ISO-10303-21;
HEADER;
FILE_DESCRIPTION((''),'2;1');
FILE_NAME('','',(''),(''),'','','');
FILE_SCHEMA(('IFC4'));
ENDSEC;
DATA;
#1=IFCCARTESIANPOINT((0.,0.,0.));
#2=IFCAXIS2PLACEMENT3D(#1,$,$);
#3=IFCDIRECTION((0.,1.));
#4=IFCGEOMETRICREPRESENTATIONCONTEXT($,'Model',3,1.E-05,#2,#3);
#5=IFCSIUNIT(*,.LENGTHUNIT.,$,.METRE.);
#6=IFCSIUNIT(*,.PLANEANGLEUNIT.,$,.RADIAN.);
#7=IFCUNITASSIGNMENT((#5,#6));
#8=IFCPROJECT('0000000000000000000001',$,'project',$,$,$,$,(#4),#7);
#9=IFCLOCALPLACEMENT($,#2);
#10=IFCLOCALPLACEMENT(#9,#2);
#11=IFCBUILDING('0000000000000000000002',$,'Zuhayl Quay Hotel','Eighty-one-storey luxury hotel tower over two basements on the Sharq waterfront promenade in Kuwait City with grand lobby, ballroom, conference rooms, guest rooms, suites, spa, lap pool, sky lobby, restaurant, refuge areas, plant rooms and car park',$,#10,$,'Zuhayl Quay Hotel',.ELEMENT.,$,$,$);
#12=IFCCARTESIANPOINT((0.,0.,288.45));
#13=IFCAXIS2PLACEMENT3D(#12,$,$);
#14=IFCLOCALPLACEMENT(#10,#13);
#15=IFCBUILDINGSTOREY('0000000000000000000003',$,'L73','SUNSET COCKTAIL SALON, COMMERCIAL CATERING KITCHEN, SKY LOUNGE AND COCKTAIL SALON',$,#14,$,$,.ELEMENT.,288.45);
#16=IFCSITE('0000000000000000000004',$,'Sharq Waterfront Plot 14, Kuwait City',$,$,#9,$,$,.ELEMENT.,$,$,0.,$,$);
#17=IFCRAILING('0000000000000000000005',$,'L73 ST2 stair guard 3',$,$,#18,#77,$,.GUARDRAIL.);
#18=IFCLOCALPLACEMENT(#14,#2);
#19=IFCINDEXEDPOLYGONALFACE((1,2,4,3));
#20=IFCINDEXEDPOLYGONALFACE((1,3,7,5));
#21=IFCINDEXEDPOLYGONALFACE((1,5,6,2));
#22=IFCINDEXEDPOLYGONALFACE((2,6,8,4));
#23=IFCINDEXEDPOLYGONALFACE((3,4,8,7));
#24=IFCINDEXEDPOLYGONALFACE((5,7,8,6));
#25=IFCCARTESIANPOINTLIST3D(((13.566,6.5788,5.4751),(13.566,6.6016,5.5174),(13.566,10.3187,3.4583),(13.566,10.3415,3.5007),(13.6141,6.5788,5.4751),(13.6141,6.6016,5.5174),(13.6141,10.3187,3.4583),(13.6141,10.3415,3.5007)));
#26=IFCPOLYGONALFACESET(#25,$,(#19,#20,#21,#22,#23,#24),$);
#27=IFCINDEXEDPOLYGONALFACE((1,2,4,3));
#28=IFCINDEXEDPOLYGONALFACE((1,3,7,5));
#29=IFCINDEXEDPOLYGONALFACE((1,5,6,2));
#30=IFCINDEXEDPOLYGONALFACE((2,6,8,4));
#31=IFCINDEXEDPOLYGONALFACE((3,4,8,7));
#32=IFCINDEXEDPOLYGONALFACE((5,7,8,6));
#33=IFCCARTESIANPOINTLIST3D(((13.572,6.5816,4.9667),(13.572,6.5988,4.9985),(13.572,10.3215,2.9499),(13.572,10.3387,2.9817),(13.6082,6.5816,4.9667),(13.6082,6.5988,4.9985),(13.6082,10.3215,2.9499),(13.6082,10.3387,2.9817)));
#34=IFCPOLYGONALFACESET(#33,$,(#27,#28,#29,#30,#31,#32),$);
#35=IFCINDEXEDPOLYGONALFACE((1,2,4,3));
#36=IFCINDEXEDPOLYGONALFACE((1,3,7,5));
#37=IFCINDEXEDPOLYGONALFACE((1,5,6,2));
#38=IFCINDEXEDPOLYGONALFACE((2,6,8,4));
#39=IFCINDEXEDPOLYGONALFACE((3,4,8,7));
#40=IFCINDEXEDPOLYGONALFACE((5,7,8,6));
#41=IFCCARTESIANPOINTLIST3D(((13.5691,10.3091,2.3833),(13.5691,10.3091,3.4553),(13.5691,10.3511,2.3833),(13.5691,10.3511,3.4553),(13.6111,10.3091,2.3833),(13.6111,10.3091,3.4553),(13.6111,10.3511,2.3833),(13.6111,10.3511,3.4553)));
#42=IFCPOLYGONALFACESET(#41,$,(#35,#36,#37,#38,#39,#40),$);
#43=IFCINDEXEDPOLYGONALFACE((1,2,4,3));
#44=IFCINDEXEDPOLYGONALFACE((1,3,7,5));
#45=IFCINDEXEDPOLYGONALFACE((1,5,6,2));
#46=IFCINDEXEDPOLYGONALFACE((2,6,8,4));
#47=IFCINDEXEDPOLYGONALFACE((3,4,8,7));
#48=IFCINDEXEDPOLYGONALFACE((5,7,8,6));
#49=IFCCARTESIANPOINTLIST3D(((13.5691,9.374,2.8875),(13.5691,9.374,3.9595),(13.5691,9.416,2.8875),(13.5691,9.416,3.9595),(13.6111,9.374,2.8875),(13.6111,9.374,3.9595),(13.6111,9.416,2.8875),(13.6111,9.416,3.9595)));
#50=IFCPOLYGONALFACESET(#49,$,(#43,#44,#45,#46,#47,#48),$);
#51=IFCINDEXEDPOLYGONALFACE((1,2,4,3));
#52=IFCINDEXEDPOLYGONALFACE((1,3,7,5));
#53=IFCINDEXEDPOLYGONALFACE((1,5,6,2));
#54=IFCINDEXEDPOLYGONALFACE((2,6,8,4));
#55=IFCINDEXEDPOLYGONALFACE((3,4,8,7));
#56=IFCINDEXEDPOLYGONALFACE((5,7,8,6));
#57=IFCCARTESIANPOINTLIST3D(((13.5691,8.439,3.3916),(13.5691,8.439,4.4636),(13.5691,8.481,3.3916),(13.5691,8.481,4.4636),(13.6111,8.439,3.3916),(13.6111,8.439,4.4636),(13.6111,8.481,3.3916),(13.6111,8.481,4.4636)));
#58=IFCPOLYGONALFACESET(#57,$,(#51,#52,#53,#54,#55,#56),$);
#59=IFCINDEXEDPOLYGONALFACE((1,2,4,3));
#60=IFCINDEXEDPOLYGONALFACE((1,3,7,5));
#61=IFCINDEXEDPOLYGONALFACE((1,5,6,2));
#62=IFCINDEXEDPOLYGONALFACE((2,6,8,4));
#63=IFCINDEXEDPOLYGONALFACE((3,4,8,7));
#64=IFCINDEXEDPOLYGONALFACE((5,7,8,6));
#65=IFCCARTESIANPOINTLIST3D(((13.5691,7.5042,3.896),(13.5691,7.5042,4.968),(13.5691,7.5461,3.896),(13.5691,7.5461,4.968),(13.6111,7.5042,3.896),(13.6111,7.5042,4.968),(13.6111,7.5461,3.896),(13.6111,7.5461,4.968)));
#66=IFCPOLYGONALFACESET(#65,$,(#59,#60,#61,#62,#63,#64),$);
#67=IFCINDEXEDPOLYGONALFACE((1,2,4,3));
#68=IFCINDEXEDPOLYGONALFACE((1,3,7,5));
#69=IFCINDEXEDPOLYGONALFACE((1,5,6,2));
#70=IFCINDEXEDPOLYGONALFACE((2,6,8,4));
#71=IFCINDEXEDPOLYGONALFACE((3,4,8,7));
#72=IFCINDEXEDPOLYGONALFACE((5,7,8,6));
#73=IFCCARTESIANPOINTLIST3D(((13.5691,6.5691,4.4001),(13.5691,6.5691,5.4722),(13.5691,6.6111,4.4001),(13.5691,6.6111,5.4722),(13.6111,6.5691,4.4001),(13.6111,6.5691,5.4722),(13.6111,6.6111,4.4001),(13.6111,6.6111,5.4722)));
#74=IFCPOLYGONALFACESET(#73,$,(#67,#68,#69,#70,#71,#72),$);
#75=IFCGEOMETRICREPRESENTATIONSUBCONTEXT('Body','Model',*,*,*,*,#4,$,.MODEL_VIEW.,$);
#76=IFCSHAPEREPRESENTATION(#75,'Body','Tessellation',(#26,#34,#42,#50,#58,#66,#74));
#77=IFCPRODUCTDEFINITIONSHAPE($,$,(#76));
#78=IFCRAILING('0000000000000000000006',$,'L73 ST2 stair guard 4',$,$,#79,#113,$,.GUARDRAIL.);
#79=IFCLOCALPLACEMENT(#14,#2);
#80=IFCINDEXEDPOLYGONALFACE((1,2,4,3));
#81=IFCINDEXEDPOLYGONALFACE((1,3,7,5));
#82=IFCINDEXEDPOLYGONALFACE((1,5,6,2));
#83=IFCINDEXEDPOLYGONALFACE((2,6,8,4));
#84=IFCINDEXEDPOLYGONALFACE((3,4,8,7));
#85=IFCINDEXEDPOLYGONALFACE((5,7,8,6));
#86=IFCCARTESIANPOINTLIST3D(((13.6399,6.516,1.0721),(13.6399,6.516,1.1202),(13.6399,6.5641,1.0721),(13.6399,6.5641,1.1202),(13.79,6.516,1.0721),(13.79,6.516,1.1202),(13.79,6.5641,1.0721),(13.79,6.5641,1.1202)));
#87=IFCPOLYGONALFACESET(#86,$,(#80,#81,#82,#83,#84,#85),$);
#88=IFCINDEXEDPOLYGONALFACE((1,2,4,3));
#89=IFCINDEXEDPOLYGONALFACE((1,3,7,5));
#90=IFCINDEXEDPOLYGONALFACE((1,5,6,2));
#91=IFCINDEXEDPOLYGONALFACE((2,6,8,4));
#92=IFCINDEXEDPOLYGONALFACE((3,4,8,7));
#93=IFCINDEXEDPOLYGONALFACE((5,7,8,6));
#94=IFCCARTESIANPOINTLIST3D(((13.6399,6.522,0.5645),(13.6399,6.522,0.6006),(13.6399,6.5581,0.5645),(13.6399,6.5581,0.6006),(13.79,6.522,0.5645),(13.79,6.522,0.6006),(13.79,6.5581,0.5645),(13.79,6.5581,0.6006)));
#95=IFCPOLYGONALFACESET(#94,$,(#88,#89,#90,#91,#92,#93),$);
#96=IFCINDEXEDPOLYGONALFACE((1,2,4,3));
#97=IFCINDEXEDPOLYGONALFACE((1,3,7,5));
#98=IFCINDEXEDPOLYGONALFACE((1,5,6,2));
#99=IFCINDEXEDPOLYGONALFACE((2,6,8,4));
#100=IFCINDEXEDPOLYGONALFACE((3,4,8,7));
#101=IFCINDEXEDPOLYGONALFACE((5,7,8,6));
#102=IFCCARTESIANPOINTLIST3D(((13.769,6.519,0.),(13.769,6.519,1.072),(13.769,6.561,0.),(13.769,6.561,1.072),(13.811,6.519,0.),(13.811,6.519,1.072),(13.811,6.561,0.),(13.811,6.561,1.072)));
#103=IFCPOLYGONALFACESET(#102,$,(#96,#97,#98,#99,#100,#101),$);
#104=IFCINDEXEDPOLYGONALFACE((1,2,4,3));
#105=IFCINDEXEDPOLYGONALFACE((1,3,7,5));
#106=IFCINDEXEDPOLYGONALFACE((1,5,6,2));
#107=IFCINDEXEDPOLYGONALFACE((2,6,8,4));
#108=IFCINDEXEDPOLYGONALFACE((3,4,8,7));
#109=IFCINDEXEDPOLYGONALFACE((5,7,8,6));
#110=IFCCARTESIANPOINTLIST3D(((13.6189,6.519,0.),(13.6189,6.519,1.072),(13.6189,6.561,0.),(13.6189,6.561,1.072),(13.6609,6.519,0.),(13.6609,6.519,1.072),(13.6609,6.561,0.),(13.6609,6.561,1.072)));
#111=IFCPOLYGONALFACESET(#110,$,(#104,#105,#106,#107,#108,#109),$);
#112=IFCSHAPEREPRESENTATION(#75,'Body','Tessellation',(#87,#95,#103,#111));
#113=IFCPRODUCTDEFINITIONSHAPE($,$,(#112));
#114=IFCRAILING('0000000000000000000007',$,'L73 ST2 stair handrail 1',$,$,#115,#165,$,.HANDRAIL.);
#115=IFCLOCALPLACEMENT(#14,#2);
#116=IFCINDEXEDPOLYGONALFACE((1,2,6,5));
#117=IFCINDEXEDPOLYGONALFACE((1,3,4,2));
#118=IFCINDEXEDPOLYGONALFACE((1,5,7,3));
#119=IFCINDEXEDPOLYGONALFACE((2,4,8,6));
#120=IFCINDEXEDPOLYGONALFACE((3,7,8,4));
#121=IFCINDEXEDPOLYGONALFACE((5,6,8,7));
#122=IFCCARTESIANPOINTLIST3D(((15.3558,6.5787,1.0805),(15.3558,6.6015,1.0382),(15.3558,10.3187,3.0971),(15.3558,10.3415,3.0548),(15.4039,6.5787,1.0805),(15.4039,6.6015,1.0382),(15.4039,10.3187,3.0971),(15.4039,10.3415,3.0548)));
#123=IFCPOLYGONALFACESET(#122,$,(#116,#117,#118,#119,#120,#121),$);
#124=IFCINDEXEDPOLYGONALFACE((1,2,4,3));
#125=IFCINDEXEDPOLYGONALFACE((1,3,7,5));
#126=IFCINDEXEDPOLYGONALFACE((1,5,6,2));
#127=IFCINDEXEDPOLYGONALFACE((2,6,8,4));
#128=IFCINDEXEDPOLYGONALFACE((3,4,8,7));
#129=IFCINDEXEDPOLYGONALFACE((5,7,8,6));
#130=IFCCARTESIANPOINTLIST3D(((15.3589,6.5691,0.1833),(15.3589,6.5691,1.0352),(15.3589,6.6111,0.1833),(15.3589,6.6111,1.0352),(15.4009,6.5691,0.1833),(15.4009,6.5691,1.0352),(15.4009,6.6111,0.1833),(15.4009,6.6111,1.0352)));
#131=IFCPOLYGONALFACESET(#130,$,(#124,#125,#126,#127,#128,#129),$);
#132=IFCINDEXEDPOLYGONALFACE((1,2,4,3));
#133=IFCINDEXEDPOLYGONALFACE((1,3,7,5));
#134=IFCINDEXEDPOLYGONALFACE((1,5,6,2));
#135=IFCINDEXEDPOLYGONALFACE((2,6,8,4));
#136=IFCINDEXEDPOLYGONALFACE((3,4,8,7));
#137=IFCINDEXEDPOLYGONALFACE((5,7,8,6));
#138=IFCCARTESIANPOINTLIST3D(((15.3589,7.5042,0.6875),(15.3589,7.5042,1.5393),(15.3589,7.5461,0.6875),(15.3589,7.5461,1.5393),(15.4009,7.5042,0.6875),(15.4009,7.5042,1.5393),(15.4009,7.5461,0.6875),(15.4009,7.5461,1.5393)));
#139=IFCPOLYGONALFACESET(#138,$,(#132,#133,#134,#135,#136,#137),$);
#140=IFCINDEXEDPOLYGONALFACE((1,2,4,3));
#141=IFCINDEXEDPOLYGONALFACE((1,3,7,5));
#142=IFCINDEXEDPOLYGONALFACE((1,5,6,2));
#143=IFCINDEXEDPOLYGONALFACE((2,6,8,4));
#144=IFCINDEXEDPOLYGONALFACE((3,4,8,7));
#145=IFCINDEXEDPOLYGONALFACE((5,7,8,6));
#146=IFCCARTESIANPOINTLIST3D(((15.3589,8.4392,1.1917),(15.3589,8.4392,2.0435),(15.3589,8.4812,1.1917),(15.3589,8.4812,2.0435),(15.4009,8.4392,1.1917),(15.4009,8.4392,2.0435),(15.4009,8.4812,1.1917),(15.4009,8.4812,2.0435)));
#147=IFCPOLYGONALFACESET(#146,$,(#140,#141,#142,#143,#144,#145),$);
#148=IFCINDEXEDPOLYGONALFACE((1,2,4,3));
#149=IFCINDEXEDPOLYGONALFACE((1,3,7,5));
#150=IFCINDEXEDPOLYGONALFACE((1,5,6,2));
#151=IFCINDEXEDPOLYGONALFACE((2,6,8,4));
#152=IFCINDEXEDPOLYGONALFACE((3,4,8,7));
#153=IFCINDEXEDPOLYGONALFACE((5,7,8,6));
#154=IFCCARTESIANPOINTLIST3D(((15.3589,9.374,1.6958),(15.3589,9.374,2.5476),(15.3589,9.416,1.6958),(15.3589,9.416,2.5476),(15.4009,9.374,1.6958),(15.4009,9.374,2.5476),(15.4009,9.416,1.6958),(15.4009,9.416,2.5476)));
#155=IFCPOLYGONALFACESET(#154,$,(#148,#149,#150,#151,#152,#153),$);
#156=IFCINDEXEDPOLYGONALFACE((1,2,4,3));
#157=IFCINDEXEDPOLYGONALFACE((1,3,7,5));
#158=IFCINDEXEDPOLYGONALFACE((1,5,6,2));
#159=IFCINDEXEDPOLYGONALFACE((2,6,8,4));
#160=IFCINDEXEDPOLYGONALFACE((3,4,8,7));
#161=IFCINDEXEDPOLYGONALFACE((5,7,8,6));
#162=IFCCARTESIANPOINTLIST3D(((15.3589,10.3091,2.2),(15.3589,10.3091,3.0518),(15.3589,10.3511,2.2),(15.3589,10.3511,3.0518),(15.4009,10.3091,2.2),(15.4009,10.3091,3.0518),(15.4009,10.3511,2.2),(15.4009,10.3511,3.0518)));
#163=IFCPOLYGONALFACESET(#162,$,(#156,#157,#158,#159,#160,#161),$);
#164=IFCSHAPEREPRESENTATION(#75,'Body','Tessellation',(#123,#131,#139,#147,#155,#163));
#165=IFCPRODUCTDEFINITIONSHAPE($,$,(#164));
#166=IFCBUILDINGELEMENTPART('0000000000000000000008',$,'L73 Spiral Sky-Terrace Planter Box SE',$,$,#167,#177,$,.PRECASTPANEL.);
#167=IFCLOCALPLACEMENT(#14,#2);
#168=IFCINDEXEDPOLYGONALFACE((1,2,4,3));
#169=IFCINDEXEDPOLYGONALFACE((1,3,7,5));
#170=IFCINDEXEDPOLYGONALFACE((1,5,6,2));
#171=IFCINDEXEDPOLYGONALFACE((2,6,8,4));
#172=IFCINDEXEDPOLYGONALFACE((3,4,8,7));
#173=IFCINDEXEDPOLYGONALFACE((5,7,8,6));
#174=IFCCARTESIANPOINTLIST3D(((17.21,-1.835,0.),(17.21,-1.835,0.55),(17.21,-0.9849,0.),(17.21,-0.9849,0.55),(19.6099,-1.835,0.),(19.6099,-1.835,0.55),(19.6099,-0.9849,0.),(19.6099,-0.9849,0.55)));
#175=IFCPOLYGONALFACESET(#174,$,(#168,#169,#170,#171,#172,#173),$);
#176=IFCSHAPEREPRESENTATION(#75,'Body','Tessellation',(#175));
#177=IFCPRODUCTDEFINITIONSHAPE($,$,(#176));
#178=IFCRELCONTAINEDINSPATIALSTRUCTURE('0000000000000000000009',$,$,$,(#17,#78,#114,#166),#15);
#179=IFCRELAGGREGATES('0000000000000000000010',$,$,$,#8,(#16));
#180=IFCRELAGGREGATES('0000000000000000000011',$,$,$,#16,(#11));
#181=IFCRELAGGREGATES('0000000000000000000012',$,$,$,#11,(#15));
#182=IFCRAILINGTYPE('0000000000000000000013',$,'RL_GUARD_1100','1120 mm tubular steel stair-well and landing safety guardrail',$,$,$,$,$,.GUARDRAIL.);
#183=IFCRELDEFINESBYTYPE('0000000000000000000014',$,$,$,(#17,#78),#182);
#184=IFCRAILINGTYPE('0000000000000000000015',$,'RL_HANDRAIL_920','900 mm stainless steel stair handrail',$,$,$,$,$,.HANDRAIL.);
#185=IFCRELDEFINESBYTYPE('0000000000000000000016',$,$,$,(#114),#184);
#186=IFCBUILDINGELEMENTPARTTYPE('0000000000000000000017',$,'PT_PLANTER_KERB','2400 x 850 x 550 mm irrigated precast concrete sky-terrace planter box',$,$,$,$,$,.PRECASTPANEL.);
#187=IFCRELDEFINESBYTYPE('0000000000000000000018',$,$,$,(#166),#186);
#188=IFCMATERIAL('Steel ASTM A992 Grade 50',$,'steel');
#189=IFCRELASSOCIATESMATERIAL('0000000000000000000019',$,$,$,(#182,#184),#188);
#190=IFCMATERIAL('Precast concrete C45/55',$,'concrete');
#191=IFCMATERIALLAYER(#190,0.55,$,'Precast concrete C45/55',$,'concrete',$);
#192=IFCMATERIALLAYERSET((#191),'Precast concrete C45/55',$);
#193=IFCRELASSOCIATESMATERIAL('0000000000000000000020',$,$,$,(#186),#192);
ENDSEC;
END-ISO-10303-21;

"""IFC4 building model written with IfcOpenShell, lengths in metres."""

from ifc_helpers import new_model, si_unit, direction, frame, origin, origin_2d, place, context, subcontext, project, spatial, rectangle, extrude, material, layer, layer_set, type_object, element, save


model = new_model("IFC4")

# Units and contexts
model_context = context("Model", 3, precision=1e-05, world=origin(), true_north=direction((0.0, 1.0)))
body_context = subcontext(model_context, "Body", "Model", "MODEL_VIEW")
ifc_project = project(units=[si_unit("LENGTHUNIT", "METRE"), si_unit("PLANEANGLEUNIT", "RADIAN")], contexts=[model_context])

# Site, building, storey
site_placement = place(None, origin())
site = spatial("IfcSite", under=ifc_project, at=site_placement, Name="Sharq Waterfront Plot 14, Kuwait City", CompositionType="ELEMENT", RefElevation=0.0)
building_placement = place(site_placement, origin())
building = spatial("IfcBuilding", under=site, at=building_placement, Name="Zuhayl Quay Hotel", Description="Eighty-one-storey luxury hotel tower over two basements on the Sharq waterfront promenade in Kuwait City with grand lobby, ballroom, conference rooms, guest rooms, suites, spa, lap pool, sky lobby, restaurant, refuge areas, plant rooms and car park", LongName="Zuhayl Quay Hotel", CompositionType="ELEMENT")
storey_placement = place(building_placement, frame((0.0, 0.0, 288.45)))
storey = spatial("IfcBuildingStorey", under=building, at=storey_placement, Name="L73", Description="SUNSET COCKTAIL SALON, COMMERCIAL CATERING KITCHEN, SKY LOUNGE AND COCKTAIL SALON", CompositionType="ELEMENT", Elevation=288.45)

# Shared definitions
ifc_material_1 = material(Name="Steel ASTM A992 Grade 50", Category="steel")

# Shared definitions
ifc_material_2 = material(Name="Precast concrete C45/55", Category="concrete")

# Railings
railing_type_1 = type_object("IfcRailingType", Name="RL_GUARD_1100", Description="1120 mm tubular steel stair-well and landing safety guardrail", PredefinedType="GUARDRAIL", material=ifc_material_1)
railing_1_placement = place(storey_placement, frame((13.5901, 10.3301, 2.3833)))
element("IfcRailing", 1, at=railing_1_placement, inside=storey, type_object=railing_type_1, Name="L73 ST2 stair guard 3", PredefinedType="GUARDRAIL", context=body_context, shape_type="SweptSolid", body=[
    extrude(rectangle(XDim=0.0481, YDim=0.0481, at=origin_2d()), frame((0.0, 0.0, 1.0962), z_axis=(0.0, -0.880176, 0.474648), x_axis=(1.0, 0.0, 0.0)), (0.0, 0.0, 1.0), 4.249),
    extrude(rectangle(XDim=0.0361, YDim=0.0361, at=origin_2d()), frame((0.0, 0.0, 0.5825), z_axis=(0.0, -0.880176, 0.474648), x_axis=(1.0, 0.0, 0.0)), (0.0, 0.0, 1.0), 4.249),
    extrude(rectangle(XDim=0.042, YDim=0.042, at=origin_2d()), origin(), (0.0, 0.0, 1.0), 1.072),
    extrude(rectangle(XDim=0.042, YDim=0.042, at=origin_2d()), frame((0.0, -0.9351, 0.5042)), (0.0, 0.0, 1.0), 1.072),
    extrude(rectangle(XDim=0.042, YDim=0.042, at=origin_2d()), frame((0.0, -1.8701, 1.0083)), (0.0, 0.0, 1.0), 1.072),
    extrude(rectangle(XDim=0.042, YDim=0.042, at=origin_2d()), frame((0.0, -2.8049, 1.5127)), (0.0, 0.0, 1.0), 1.072),
    extrude(rectangle(XDim=0.042, YDim=0.042, at=origin_2d()), frame((0.0, -3.74, 2.0168)), (0.0, 0.0, 1.0), 1.072),
])
railing_2_placement = place(storey_placement, frame((13.79, 6.54, 0.0)))
element("IfcRailing", 2, at=railing_2_placement, inside=storey, type_object=railing_type_1, Name="L73 ST2 stair guard 4", PredefinedType="GUARDRAIL", context=body_context, shape_type="SweptSolid", body=[
    extrude(rectangle(XDim=0.0481, YDim=0.0481, at=origin_2d()), frame((0.0, 0.0, 1.0962), z_axis=(-1.0, 0.0, 0.0), x_axis=(0.0, -1.0, 0.0)), (0.0, 0.0, 1.0), 0.1501),
    extrude(rectangle(XDim=0.0361, YDim=0.0361, at=origin_2d()), frame((0.0, 0.0, 0.5825), z_axis=(-1.0, 0.0, 0.0), x_axis=(0.0, -1.0, 0.0)), (0.0, 0.0, 1.0), 0.1501),
    extrude(rectangle(XDim=0.042, YDim=0.042, at=origin_2d()), origin(), (0.0, 0.0, 1.0), 1.072),
    extrude(rectangle(XDim=0.042, YDim=0.042, at=origin_2d()), frame((-0.1501, 0.0, 0.0)), (0.0, 0.0, 1.0), 1.072),
])
railing_type_2 = type_object("IfcRailingType", Name="RL_HANDRAIL_920", Description="900 mm stainless steel stair handrail", PredefinedType="HANDRAIL", material=ifc_material_1)
railing_3_placement = place(storey_placement, frame((15.3799, 6.5901, 0.1833)))
element("IfcRailing", 3, at=railing_3_placement, inside=storey, type_object=railing_type_2, Name="L73 ST2 stair handrail 1", PredefinedType="HANDRAIL", context=body_context, shape_type="SweptSolid", body=[
    extrude(rectangle(XDim=0.0481, YDim=0.0481, at=origin_2d()), frame((0.0, 0.0, 0.876), z_axis=(0.0, 0.8802, 0.474603), x_axis=(-1.0, 0.0, 0.0)), (0.0, 0.0, 1.0), 4.249),
    extrude(rectangle(XDim=0.042, YDim=0.042, at=origin_2d()), origin(), (0.0, 0.0, 1.0), 0.8518),
    extrude(rectangle(XDim=0.042, YDim=0.042, at=origin_2d()), frame((0.0, 0.9351, 0.5042)), (0.0, 0.0, 1.0), 0.8518),
    extrude(rectangle(XDim=0.042, YDim=0.042, at=origin_2d()), frame((0.0, 1.8701, 1.0083)), (0.0, 0.0, 1.0), 0.8518),
    extrude(rectangle(XDim=0.042, YDim=0.042, at=origin_2d()), frame((0.0, 2.8049, 1.5125)), (0.0, 0.0, 1.0), 0.8518),
    extrude(rectangle(XDim=0.042, YDim=0.042, at=origin_2d()), frame((0.0, 3.74, 2.0166)), (0.0, 0.0, 1.0), 0.8518),
])

# Building element part
ifc_layer_1 = layer(ifc_material_2, 0.55, Name="Precast concrete C45/55", Category="concrete")
ifc_layer_set_1 = layer_set([ifc_layer_1], Name="Precast concrete C45/55")
building_element_part_type = type_object("IfcBuildingElementPartType", Name="PT_PLANTER_KERB", Description="2400 x 850 x 550 mm irrigated precast concrete sky-terrace planter box", PredefinedType="PRECASTPANEL", material=ifc_layer_set_1)
building_element_part_placement = place(storey_placement, frame((18.4099, -1.4099, 0.0), z_axis=(0.0, 0.0, 1.0), x_axis=(1.0, 0.0, 0.0)))
element("IfcBuildingElementPart", 4, at=building_element_part_placement, inside=storey, type_object=building_element_part_type, Name="L73 Spiral Sky-Terrace Planter Box SE", PredefinedType="PRECASTPANEL", context=body_context, shape_type="SweptSolid", body=[
    extrude(rectangle(XDim=2.3999, YDim=0.8501, at=origin_2d()), origin(), (0.0, 0.0, 1.0), 0.55),
])

save(model, "model.ifc")
